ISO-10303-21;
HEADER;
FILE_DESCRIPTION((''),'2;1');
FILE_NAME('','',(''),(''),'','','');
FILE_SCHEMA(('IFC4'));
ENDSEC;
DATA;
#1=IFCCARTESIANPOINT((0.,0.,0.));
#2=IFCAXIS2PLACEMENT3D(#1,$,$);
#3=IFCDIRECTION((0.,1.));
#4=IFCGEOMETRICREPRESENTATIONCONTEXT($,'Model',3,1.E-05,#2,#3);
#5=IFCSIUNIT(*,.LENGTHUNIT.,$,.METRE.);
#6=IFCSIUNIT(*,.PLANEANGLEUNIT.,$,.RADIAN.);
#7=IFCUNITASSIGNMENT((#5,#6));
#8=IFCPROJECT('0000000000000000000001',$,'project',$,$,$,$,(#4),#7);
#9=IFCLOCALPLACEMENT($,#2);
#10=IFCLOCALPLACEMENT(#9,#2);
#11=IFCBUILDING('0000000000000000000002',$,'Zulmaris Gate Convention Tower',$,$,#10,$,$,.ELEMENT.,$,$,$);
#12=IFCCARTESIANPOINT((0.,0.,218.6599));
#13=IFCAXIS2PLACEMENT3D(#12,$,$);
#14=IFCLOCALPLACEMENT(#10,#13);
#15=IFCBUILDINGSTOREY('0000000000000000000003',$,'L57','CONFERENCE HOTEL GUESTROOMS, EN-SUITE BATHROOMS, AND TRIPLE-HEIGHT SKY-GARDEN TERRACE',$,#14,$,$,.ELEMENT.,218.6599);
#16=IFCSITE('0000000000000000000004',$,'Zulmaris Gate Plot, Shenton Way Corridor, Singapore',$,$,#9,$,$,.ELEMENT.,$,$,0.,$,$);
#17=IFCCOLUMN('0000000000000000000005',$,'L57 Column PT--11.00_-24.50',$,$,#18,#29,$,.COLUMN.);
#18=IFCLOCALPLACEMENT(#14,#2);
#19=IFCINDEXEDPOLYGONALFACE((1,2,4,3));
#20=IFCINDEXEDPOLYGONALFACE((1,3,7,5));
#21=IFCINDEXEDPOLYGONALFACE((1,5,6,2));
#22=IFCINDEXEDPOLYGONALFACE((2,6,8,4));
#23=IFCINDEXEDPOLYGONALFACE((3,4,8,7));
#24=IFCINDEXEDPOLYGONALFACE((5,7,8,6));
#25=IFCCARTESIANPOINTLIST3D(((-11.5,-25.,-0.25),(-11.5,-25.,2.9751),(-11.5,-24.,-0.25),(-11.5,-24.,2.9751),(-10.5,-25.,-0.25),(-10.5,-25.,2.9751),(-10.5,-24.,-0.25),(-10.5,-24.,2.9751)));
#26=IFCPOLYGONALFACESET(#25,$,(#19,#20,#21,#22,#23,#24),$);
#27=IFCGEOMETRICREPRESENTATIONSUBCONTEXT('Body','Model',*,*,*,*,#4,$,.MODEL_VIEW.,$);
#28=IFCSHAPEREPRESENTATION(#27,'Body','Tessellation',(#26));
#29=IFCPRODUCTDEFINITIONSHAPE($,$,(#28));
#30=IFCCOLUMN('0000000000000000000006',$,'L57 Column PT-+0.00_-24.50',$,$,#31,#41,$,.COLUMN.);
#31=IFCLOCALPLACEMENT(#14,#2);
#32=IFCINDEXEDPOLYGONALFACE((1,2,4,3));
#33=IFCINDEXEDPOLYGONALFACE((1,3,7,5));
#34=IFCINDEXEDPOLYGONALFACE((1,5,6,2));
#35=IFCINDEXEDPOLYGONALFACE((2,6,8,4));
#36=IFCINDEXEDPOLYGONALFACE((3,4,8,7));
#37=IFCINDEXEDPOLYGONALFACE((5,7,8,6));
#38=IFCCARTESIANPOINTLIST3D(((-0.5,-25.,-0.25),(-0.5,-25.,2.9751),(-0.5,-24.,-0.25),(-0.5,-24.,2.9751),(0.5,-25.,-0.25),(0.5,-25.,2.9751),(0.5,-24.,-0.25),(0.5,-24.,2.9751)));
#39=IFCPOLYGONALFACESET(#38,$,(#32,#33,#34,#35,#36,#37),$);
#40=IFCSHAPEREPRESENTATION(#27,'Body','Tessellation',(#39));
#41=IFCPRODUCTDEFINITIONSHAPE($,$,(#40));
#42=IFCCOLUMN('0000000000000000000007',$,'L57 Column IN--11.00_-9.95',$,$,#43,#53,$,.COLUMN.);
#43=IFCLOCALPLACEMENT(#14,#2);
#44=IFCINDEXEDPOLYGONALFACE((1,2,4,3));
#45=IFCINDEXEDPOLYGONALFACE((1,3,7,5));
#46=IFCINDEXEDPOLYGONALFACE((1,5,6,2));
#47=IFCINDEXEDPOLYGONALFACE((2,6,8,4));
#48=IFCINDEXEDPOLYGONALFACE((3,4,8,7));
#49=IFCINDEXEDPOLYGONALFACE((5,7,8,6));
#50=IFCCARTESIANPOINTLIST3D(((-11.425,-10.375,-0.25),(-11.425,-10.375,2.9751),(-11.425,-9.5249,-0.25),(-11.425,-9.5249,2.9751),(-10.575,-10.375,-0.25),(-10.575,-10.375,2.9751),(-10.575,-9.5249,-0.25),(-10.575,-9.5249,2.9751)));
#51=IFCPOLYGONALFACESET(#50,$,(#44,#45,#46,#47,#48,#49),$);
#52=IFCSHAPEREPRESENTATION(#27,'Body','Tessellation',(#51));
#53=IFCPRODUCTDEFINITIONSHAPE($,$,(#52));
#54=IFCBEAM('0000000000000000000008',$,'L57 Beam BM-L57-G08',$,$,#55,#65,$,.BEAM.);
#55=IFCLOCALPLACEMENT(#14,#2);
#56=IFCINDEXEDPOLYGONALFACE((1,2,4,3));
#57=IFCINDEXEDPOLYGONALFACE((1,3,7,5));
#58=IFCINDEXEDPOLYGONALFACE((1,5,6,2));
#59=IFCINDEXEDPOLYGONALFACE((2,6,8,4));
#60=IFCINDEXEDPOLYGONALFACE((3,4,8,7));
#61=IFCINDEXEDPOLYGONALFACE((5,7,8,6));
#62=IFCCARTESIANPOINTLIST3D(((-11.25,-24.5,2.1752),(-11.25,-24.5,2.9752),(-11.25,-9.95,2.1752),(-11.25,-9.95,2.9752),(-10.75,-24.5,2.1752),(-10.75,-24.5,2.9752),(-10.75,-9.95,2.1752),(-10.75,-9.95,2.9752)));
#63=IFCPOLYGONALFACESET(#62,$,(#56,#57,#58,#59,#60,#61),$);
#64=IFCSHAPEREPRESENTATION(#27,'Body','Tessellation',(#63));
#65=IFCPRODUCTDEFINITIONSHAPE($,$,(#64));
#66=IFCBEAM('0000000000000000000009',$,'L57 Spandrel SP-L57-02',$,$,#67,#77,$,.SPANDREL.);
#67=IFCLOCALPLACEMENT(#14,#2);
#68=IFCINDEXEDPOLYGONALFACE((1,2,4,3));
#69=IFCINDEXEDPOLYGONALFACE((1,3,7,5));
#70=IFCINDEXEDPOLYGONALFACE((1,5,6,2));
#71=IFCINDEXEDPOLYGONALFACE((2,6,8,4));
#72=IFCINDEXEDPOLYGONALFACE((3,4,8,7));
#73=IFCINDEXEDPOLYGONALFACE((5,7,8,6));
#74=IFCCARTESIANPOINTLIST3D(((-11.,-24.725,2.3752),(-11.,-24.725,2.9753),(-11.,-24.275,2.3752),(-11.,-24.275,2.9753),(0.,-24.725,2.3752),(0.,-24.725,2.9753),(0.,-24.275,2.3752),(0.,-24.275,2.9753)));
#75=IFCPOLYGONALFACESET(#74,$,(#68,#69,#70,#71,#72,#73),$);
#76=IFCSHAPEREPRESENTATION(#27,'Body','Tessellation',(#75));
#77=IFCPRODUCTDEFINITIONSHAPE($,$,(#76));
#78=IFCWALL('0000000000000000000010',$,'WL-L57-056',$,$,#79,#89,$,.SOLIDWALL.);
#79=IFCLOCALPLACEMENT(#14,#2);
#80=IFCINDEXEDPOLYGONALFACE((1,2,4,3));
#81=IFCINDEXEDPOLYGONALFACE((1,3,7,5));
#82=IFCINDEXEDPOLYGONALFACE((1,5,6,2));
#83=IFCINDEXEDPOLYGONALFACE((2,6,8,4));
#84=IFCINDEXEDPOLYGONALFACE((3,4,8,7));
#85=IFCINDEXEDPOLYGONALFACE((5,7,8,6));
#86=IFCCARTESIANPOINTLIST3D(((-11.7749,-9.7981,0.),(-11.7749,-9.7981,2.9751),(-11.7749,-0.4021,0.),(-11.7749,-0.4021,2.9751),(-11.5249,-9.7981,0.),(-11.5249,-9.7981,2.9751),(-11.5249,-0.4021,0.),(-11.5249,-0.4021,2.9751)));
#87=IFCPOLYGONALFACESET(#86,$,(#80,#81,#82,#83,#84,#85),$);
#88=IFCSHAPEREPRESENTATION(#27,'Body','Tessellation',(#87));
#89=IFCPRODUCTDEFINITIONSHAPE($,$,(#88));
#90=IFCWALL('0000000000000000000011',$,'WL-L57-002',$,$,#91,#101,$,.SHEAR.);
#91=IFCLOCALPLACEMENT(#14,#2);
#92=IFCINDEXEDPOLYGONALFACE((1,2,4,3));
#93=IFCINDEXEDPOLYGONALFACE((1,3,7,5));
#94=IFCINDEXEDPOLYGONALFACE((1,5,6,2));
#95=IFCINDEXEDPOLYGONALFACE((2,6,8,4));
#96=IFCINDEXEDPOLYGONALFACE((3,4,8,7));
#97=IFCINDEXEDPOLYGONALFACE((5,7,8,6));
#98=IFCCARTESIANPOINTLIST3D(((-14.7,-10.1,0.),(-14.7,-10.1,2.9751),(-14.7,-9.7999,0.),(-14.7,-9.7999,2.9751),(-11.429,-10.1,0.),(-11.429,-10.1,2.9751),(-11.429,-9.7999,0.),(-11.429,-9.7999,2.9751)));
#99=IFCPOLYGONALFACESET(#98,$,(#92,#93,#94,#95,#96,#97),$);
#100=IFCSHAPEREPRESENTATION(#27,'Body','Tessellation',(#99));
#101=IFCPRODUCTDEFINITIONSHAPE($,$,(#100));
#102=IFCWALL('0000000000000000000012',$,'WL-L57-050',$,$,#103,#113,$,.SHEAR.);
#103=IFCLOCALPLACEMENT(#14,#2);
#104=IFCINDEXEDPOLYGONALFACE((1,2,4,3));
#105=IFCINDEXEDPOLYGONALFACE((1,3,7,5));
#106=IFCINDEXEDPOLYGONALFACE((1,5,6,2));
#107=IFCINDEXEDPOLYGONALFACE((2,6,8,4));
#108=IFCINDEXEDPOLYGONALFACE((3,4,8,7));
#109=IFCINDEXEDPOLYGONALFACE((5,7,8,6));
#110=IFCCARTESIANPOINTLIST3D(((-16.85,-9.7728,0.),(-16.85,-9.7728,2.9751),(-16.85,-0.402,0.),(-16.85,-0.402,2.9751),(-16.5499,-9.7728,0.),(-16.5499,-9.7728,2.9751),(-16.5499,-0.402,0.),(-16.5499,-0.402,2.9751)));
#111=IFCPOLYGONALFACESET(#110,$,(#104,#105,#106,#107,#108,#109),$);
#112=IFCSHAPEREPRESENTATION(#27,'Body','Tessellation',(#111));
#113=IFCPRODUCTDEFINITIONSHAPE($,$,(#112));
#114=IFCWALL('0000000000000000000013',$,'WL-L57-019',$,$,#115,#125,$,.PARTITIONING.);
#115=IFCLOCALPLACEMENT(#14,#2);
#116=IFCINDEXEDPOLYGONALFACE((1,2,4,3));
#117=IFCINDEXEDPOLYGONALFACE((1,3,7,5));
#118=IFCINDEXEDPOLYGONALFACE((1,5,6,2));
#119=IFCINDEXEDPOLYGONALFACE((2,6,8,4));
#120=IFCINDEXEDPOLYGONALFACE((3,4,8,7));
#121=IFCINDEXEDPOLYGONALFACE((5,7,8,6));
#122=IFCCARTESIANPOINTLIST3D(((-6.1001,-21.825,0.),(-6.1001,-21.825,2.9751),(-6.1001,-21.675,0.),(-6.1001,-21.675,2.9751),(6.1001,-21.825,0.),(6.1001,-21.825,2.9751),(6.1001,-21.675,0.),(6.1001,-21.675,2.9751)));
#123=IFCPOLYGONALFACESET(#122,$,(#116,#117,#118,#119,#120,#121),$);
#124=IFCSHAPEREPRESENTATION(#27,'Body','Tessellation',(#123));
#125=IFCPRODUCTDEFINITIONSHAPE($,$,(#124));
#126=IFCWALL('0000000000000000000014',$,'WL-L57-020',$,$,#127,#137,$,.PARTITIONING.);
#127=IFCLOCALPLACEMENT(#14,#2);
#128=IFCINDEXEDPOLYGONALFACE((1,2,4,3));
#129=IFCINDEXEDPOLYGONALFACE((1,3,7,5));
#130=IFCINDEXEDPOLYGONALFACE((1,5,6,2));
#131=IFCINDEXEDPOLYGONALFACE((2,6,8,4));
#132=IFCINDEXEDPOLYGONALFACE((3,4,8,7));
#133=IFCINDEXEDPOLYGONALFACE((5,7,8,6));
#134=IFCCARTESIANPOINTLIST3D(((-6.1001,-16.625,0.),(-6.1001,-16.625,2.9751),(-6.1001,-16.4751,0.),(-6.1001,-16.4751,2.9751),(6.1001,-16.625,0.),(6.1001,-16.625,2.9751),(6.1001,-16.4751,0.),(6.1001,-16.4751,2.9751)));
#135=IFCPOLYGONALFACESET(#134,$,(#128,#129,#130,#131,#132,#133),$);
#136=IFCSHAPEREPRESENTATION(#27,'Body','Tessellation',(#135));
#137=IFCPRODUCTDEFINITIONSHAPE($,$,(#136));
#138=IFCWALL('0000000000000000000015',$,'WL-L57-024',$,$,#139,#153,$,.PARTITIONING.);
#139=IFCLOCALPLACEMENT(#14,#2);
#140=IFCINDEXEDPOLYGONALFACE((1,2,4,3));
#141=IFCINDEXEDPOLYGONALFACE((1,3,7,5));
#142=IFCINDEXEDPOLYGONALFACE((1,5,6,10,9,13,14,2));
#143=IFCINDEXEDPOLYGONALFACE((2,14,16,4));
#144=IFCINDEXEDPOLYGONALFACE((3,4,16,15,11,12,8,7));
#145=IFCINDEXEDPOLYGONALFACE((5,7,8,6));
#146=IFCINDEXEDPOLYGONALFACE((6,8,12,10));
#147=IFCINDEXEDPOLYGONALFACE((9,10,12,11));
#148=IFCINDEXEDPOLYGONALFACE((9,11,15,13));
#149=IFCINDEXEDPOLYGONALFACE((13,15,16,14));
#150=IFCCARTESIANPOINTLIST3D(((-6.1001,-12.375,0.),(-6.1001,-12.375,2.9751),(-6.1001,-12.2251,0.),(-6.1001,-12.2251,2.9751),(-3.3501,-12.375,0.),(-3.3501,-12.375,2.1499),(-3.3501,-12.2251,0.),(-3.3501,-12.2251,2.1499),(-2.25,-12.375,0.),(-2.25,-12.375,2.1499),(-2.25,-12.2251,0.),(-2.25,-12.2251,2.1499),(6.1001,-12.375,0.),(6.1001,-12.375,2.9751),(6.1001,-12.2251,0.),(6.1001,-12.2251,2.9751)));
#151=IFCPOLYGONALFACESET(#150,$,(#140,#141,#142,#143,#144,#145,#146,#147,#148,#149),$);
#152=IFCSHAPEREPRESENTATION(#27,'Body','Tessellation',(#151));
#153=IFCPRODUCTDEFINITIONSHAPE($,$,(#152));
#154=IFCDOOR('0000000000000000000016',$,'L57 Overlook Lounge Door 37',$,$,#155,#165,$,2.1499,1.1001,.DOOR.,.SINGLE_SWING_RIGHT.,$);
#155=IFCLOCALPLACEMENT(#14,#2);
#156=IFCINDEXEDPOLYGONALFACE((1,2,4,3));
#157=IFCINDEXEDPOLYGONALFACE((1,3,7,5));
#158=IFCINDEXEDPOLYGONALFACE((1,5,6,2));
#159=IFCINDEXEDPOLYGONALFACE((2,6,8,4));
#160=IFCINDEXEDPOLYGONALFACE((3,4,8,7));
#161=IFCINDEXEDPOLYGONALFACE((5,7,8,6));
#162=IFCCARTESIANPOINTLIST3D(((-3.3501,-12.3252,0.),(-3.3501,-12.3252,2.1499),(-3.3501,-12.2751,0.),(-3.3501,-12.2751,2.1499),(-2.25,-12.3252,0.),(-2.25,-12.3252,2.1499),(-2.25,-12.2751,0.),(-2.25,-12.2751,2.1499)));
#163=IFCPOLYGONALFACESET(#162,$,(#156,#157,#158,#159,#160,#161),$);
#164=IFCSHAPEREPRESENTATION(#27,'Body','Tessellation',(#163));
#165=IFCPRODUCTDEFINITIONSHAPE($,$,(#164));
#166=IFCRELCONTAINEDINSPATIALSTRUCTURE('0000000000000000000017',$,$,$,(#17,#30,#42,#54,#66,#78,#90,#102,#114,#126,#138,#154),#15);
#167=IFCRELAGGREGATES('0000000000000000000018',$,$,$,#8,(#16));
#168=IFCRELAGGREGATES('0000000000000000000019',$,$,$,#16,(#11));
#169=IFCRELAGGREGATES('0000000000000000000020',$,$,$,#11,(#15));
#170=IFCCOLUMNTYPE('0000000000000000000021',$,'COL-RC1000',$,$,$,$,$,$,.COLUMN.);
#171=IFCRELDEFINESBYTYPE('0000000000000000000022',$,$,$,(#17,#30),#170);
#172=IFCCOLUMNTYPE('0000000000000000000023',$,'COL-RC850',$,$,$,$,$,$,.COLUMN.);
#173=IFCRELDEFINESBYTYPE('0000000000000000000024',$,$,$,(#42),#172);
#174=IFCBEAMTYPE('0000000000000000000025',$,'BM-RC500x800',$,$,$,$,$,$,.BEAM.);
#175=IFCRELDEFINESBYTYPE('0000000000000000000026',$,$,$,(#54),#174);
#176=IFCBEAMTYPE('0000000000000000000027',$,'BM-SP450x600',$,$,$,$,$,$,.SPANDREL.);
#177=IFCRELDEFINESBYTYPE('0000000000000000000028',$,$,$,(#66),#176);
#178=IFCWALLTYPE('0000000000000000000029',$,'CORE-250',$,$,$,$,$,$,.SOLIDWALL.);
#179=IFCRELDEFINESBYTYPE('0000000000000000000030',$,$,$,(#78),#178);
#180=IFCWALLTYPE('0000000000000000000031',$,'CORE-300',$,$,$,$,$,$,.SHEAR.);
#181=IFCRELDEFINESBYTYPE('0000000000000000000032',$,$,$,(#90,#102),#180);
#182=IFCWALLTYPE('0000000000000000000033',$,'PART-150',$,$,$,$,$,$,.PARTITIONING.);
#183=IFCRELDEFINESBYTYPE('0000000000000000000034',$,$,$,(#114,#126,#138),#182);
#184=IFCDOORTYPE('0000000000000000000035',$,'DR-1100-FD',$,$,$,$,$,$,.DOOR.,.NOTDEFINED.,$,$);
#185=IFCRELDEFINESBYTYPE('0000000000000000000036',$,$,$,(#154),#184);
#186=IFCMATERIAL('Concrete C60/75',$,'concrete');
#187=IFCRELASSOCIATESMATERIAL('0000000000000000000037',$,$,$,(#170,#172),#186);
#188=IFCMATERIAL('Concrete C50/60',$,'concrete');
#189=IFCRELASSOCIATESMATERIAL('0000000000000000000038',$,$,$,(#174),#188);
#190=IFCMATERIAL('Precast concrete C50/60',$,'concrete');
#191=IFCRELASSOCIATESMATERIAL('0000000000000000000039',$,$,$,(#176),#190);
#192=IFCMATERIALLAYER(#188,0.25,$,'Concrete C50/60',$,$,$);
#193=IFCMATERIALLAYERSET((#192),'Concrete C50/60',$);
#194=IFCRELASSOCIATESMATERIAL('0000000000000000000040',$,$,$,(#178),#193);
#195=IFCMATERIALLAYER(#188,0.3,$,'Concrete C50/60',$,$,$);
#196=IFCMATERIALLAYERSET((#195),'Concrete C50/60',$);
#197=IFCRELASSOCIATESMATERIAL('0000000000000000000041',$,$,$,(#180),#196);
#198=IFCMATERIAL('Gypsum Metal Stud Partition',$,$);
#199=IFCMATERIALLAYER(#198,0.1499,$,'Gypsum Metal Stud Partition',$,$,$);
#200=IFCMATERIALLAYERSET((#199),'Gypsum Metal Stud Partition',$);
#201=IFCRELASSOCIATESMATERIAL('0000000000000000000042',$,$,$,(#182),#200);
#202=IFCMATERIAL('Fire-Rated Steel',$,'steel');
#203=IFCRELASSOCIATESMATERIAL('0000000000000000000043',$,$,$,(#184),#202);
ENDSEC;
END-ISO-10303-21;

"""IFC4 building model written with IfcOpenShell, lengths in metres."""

from ifc_helpers import new_model, si_unit, direction, frame, frame_2d, origin, origin_2d, place, context, subcontext, project, spatial, rectangle, extrude, material, layer, layer_set, material_profile, profile_set, type_object, element, fill, save


model = new_model("IFC4")

# Units and contexts
model_context = context("Model", 3, precision=1e-05, world=origin(), true_north=direction((0.0, 1.0)))
body_context = subcontext(model_context, "Body", "Model", "MODEL_VIEW")
ifc_project = project(units=[si_unit("LENGTHUNIT", "METRE"), si_unit("PLANEANGLEUNIT", "RADIAN")], contexts=[model_context])

# Site, building, storey
site_placement = place(None, origin())
site = spatial("IfcSite", under=ifc_project, at=site_placement, Name="Zulmaris Gate Plot, Shenton Way Corridor, Singapore", CompositionType="ELEMENT", RefElevation=0.0)
building_placement = place(site_placement, origin())
building = spatial("IfcBuilding", under=site, at=building_placement, Name="Zulmaris Gate Convention Tower", CompositionType="ELEMENT")
storey_placement = place(building_placement, frame((0.0, 0.0, 218.6599)))
storey = spatial("IfcBuildingStorey", under=building, at=storey_placement, Name="L57", Description="CONFERENCE HOTEL GUESTROOMS, EN-SUITE BATHROOMS, AND TRIPLE-HEIGHT SKY-GARDEN TERRACE", CompositionType="ELEMENT", Elevation=218.6599)

# Columns
ifc_material_1 = material(Name="Concrete C60/75", Category="concrete")
ifc_material_profile_1 = material_profile(ifc_material_1, rectangle(XDim=1.0, YDim=1.0, at=origin_2d()), Name="RC COL 1000x1000")
ifc_profile_set_1 = profile_set([ifc_material_profile_1], Name="Concrete C60/75")
column_type_1 = type_object("IfcColumnType", Name="COL-RC1000", PredefinedType="COLUMN", material=ifc_profile_set_1)
for number, where, z_axis, x_axis, name in (
    (1, (-11.0, -24.5, -0.25), (0.0, 0.0, 1.0), (1.0, 0.0, 0.0), "L57 Column PT--11.00_-24.50"),
    (2, (0.0, -24.5, -0.25), (0.0, 0.0, 1.0), (1.0, 0.0, 0.0), "L57 Column PT-+0.00_-24.50"),
):
    element("IfcColumn", number, at=place(storey_placement, frame(where, z_axis=z_axis, x_axis=x_axis)), inside=storey, type_object=column_type_1, Name=name, PredefinedType="COLUMN", context=body_context, shape_type="SweptSolid", body=[
        extrude(rectangle(XDim=1.0, YDim=1.0, at=origin_2d()), origin(), (0.0, 0.0, 1.0), 3.2251),
    ])
ifc_material_profile_2 = material_profile(ifc_material_1, rectangle(XDim=0.8501, YDim=0.8501, at=origin_2d()), Name="RC COL 850x850")
ifc_profile_set_2 = profile_set([ifc_material_profile_2], Name="Concrete C60/75")
column_type_2 = type_object("IfcColumnType", Name="COL-RC850", PredefinedType="COLUMN", material=ifc_profile_set_2)
column_placement = place(storey_placement, frame((-11.0, -9.95, -0.25), z_axis=(0.0, 0.0, 1.0), x_axis=(1.0, 0.0, 0.0)))
element("IfcColumn", 3, at=column_placement, inside=storey, type_object=column_type_2, Name="L57 Column IN--11.00_-9.95", PredefinedType="COLUMN", context=body_context, shape_type="SweptSolid", body=[
    extrude(rectangle(XDim=0.8501, YDim=0.8501, at=origin_2d()), origin(), (0.0, 0.0, 1.0), 3.2251),
])

# Beams
ifc_material_2 = material(Name="Concrete C50/60", Category="concrete")
ifc_material_profile_3 = material_profile(ifc_material_2, rectangle(XDim=0.5, YDim=0.8, at=origin_2d()), Name="RC BEAM 500x800")
ifc_profile_set_3 = profile_set([ifc_material_profile_3], Name="Concrete C50/60")
beam_type_1 = type_object("IfcBeamType", Name="BM-RC500x800", PredefinedType="BEAM", material=ifc_profile_set_3)
beam_1_placement = place(storey_placement, frame((-11.0, -24.5, 2.5752), z_axis=(0.0, 1.0, 0.0), x_axis=(-1.0, 0.0, 0.0)))
element("IfcBeam", 4, at=beam_1_placement, inside=storey, type_object=beam_type_1, Name="L57 Beam BM-L57-G08", PredefinedType="BEAM", context=body_context, shape_type="SweptSolid", body=[
    extrude(rectangle(XDim=0.5, YDim=0.8, at=origin_2d()), origin(), (0.0, 0.0, 1.0), 14.55),
])
ifc_material_3 = material(Name="Precast concrete C50/60", Category="concrete")
ifc_material_profile_4 = material_profile(ifc_material_3, rectangle(XDim=0.45, YDim=0.6001, at=origin_2d()), Name="RC SPANDREL 450x600")
ifc_profile_set_4 = profile_set([ifc_material_profile_4], Name="Precast concrete C50/60")
beam_type_2 = type_object("IfcBeamType", Name="BM-SP450x600", PredefinedType="SPANDREL", material=ifc_profile_set_4)
beam_2_placement = place(storey_placement, frame((-11.0, -24.5, 2.6753), z_axis=(1.0, 0.0, 0.0), x_axis=(0.0, 1.0, 0.0)))
element("IfcBeam", 5, at=beam_2_placement, inside=storey, type_object=beam_type_2, Name="L57 Spandrel SP-L57-02", PredefinedType="SPANDREL", context=body_context, shape_type="SweptSolid", body=[
    extrude(rectangle(XDim=0.45, YDim=0.6001, at=origin_2d()), origin(), (0.0, 0.0, 1.0), 11.0),
])

# Walls
ifc_layer_1 = layer(ifc_material_2, 0.25, Name="Concrete C50/60")
ifc_layer_set_1 = layer_set([ifc_layer_1], Name="Concrete C50/60")
wall_type_1 = type_object("IfcWallType", Name="CORE-250", PredefinedType="SOLIDWALL", material=ifc_layer_set_1)
wall_1_placement = place(storey_placement, frame((-11.6499, -9.7981, 0.0), z_axis=(0.0, 0.0, 1.0), x_axis=(0.0, 1.0, 0.0)))
element("IfcWall", 6, at=wall_1_placement, inside=storey, type_object=wall_type_1, Name="WL-L57-056", PredefinedType="SOLIDWALL", context=body_context, shape_type="SweptSolid", body=[
    extrude(rectangle(XDim=9.396, YDim=0.25, at=frame_2d((4.698, 0.0))), origin(), (0.0, 0.0, 1.0), 2.9751),
])
ifc_layer_2 = layer(ifc_material_2, 0.3, Name="Concrete C50/60")
ifc_layer_set_2 = layer_set([ifc_layer_2], Name="Concrete C50/60")
wall_type_2 = type_object("IfcWallType", Name="CORE-300", PredefinedType="SHEAR", material=ifc_layer_set_2)
wall_2_placement = place(storey_placement, frame((-14.7, -9.95, 0.0), z_axis=(0.0, 0.0, 1.0), x_axis=(1.0, 0.0, 0.0)))
element("IfcWall", 7, at=wall_2_placement, inside=storey, type_object=wall_type_2, Name="WL-L57-002", PredefinedType="SHEAR", context=body_context, shape_type="SweptSolid", body=[
    extrude(rectangle(XDim=3.271, YDim=0.3, at=frame_2d((1.6355, 0.0))), origin(), (0.0, 0.0, 1.0), 2.9751),
])
wall_3_placement = place(storey_placement, frame((-16.7, -9.7729, 0.0), z_axis=(0.0, 0.0, 1.0), x_axis=(0.0, 1.0, 0.0)))
element("IfcWall", 8, at=wall_3_placement, inside=storey, type_object=wall_type_2, Name="WL-L57-050", PredefinedType="SHEAR", context=body_context, shape_type="SweptSolid", body=[
    extrude(rectangle(XDim=9.3708, YDim=0.3, at=frame_2d((4.6855, 0.0))), origin(), (0.0, 0.0, 1.0), 2.9751),
])
ifc_material_4 = material(Name="Gypsum Metal Stud Partition")
ifc_layer_3 = layer(ifc_material_4, 0.1499, Name="Gypsum Metal Stud Partition")
ifc_layer_set_3 = layer_set([ifc_layer_3], Name="Gypsum Metal Stud Partition")
wall_type_3 = type_object("IfcWallType", Name="PART-150", PredefinedType="PARTITIONING", material=ifc_layer_set_3)
for number, where, z_axis, x_axis, name in (
    (9, (-6.1001, -21.75, 0.0), (0.0, 0.0, 1.0), (1.0, 0.0, 0.0), "WL-L57-019"),
    (10, (-6.1001, -16.55, 0.0), (0.0, 0.0, 1.0), (1.0, 0.0, 0.0), "WL-L57-020"),
):
    element("IfcWall", number, at=place(storey_placement, frame(where, z_axis=z_axis, x_axis=x_axis)), inside=storey, type_object=wall_type_3, Name=name, PredefinedType="PARTITIONING", context=body_context, shape_type="SweptSolid", body=[
        extrude(rectangle(XDim=12.2002, YDim=0.1499, at=frame_2d((6.1001, 0.0))), origin(), (0.0, 0.0, 1.0), 2.9751),
    ])

# Wall, opening, door
wall_4_placement = place(storey_placement, frame((-6.1001, -12.3, 0.0), z_axis=(0.0, 0.0, 1.0), x_axis=(1.0, 0.0, 0.0)))
wall_4 = element("IfcWall", 11, at=wall_4_placement, inside=storey, type_object=wall_type_3, Name="WL-L57-024", PredefinedType="PARTITIONING", context=body_context, shape_type="SweptSolid", body=[
    extrude(rectangle(XDim=12.2002, YDim=0.1499, at=frame_2d((6.1001, 0.0))), origin(), (0.0, 0.0, 1.0), 2.9751),
])
opening_1_placement = place(wall_4_placement, frame((2.75, 0.0, 0.0)))
opening_1 = element("IfcOpeningElement", 12, at=opening_1_placement, cuts=wall_4, PredefinedType="OPENING", context=body_context, shape_type="SweptSolid", body=[
    extrude(rectangle(XDim=1.1001, YDim=2.1499, at=frame_2d((0.55, 1.075))), frame((0.0, 0.085, 0.0), z_axis=(0.0, -1.0, 0.0), x_axis=(1.0, 0.0, 0.0)), (0.0, 0.0, 1.0), 0.1699),
])
ifc_material_5 = material(Name="Fire-Rated Steel", Category="steel")
door_type_1 = type_object("IfcDoorType", Name="DR-1100-FD", OperationType="NOTDEFINED", PredefinedType="DOOR", material=ifc_material_5)
door_1_placement = place(opening_1_placement, origin())
door_1 = element("IfcDoor", 13, at=door_1_placement, inside=storey, type_object=door_type_1, Name="L57 Overlook Lounge Door 37", OperationType="SINGLE_SWING_RIGHT", OverallHeight=2.1499, OverallWidth=1.1001, PredefinedType="DOOR", context=body_context, shape_type="SweptSolid", body=[
    extrude(rectangle(XDim=1.1001, YDim=2.1499, at=frame_2d((0.55, 1.075))), frame((0.0, 0.0249, 0.0), z_axis=(0.0, -1.0, 0.0), x_axis=(1.0, 0.0, 0.0)), (0.0, 0.0, 1.0), 0.05),
])
fill(opening_1, door_1)

save(model, "model.ifc")
